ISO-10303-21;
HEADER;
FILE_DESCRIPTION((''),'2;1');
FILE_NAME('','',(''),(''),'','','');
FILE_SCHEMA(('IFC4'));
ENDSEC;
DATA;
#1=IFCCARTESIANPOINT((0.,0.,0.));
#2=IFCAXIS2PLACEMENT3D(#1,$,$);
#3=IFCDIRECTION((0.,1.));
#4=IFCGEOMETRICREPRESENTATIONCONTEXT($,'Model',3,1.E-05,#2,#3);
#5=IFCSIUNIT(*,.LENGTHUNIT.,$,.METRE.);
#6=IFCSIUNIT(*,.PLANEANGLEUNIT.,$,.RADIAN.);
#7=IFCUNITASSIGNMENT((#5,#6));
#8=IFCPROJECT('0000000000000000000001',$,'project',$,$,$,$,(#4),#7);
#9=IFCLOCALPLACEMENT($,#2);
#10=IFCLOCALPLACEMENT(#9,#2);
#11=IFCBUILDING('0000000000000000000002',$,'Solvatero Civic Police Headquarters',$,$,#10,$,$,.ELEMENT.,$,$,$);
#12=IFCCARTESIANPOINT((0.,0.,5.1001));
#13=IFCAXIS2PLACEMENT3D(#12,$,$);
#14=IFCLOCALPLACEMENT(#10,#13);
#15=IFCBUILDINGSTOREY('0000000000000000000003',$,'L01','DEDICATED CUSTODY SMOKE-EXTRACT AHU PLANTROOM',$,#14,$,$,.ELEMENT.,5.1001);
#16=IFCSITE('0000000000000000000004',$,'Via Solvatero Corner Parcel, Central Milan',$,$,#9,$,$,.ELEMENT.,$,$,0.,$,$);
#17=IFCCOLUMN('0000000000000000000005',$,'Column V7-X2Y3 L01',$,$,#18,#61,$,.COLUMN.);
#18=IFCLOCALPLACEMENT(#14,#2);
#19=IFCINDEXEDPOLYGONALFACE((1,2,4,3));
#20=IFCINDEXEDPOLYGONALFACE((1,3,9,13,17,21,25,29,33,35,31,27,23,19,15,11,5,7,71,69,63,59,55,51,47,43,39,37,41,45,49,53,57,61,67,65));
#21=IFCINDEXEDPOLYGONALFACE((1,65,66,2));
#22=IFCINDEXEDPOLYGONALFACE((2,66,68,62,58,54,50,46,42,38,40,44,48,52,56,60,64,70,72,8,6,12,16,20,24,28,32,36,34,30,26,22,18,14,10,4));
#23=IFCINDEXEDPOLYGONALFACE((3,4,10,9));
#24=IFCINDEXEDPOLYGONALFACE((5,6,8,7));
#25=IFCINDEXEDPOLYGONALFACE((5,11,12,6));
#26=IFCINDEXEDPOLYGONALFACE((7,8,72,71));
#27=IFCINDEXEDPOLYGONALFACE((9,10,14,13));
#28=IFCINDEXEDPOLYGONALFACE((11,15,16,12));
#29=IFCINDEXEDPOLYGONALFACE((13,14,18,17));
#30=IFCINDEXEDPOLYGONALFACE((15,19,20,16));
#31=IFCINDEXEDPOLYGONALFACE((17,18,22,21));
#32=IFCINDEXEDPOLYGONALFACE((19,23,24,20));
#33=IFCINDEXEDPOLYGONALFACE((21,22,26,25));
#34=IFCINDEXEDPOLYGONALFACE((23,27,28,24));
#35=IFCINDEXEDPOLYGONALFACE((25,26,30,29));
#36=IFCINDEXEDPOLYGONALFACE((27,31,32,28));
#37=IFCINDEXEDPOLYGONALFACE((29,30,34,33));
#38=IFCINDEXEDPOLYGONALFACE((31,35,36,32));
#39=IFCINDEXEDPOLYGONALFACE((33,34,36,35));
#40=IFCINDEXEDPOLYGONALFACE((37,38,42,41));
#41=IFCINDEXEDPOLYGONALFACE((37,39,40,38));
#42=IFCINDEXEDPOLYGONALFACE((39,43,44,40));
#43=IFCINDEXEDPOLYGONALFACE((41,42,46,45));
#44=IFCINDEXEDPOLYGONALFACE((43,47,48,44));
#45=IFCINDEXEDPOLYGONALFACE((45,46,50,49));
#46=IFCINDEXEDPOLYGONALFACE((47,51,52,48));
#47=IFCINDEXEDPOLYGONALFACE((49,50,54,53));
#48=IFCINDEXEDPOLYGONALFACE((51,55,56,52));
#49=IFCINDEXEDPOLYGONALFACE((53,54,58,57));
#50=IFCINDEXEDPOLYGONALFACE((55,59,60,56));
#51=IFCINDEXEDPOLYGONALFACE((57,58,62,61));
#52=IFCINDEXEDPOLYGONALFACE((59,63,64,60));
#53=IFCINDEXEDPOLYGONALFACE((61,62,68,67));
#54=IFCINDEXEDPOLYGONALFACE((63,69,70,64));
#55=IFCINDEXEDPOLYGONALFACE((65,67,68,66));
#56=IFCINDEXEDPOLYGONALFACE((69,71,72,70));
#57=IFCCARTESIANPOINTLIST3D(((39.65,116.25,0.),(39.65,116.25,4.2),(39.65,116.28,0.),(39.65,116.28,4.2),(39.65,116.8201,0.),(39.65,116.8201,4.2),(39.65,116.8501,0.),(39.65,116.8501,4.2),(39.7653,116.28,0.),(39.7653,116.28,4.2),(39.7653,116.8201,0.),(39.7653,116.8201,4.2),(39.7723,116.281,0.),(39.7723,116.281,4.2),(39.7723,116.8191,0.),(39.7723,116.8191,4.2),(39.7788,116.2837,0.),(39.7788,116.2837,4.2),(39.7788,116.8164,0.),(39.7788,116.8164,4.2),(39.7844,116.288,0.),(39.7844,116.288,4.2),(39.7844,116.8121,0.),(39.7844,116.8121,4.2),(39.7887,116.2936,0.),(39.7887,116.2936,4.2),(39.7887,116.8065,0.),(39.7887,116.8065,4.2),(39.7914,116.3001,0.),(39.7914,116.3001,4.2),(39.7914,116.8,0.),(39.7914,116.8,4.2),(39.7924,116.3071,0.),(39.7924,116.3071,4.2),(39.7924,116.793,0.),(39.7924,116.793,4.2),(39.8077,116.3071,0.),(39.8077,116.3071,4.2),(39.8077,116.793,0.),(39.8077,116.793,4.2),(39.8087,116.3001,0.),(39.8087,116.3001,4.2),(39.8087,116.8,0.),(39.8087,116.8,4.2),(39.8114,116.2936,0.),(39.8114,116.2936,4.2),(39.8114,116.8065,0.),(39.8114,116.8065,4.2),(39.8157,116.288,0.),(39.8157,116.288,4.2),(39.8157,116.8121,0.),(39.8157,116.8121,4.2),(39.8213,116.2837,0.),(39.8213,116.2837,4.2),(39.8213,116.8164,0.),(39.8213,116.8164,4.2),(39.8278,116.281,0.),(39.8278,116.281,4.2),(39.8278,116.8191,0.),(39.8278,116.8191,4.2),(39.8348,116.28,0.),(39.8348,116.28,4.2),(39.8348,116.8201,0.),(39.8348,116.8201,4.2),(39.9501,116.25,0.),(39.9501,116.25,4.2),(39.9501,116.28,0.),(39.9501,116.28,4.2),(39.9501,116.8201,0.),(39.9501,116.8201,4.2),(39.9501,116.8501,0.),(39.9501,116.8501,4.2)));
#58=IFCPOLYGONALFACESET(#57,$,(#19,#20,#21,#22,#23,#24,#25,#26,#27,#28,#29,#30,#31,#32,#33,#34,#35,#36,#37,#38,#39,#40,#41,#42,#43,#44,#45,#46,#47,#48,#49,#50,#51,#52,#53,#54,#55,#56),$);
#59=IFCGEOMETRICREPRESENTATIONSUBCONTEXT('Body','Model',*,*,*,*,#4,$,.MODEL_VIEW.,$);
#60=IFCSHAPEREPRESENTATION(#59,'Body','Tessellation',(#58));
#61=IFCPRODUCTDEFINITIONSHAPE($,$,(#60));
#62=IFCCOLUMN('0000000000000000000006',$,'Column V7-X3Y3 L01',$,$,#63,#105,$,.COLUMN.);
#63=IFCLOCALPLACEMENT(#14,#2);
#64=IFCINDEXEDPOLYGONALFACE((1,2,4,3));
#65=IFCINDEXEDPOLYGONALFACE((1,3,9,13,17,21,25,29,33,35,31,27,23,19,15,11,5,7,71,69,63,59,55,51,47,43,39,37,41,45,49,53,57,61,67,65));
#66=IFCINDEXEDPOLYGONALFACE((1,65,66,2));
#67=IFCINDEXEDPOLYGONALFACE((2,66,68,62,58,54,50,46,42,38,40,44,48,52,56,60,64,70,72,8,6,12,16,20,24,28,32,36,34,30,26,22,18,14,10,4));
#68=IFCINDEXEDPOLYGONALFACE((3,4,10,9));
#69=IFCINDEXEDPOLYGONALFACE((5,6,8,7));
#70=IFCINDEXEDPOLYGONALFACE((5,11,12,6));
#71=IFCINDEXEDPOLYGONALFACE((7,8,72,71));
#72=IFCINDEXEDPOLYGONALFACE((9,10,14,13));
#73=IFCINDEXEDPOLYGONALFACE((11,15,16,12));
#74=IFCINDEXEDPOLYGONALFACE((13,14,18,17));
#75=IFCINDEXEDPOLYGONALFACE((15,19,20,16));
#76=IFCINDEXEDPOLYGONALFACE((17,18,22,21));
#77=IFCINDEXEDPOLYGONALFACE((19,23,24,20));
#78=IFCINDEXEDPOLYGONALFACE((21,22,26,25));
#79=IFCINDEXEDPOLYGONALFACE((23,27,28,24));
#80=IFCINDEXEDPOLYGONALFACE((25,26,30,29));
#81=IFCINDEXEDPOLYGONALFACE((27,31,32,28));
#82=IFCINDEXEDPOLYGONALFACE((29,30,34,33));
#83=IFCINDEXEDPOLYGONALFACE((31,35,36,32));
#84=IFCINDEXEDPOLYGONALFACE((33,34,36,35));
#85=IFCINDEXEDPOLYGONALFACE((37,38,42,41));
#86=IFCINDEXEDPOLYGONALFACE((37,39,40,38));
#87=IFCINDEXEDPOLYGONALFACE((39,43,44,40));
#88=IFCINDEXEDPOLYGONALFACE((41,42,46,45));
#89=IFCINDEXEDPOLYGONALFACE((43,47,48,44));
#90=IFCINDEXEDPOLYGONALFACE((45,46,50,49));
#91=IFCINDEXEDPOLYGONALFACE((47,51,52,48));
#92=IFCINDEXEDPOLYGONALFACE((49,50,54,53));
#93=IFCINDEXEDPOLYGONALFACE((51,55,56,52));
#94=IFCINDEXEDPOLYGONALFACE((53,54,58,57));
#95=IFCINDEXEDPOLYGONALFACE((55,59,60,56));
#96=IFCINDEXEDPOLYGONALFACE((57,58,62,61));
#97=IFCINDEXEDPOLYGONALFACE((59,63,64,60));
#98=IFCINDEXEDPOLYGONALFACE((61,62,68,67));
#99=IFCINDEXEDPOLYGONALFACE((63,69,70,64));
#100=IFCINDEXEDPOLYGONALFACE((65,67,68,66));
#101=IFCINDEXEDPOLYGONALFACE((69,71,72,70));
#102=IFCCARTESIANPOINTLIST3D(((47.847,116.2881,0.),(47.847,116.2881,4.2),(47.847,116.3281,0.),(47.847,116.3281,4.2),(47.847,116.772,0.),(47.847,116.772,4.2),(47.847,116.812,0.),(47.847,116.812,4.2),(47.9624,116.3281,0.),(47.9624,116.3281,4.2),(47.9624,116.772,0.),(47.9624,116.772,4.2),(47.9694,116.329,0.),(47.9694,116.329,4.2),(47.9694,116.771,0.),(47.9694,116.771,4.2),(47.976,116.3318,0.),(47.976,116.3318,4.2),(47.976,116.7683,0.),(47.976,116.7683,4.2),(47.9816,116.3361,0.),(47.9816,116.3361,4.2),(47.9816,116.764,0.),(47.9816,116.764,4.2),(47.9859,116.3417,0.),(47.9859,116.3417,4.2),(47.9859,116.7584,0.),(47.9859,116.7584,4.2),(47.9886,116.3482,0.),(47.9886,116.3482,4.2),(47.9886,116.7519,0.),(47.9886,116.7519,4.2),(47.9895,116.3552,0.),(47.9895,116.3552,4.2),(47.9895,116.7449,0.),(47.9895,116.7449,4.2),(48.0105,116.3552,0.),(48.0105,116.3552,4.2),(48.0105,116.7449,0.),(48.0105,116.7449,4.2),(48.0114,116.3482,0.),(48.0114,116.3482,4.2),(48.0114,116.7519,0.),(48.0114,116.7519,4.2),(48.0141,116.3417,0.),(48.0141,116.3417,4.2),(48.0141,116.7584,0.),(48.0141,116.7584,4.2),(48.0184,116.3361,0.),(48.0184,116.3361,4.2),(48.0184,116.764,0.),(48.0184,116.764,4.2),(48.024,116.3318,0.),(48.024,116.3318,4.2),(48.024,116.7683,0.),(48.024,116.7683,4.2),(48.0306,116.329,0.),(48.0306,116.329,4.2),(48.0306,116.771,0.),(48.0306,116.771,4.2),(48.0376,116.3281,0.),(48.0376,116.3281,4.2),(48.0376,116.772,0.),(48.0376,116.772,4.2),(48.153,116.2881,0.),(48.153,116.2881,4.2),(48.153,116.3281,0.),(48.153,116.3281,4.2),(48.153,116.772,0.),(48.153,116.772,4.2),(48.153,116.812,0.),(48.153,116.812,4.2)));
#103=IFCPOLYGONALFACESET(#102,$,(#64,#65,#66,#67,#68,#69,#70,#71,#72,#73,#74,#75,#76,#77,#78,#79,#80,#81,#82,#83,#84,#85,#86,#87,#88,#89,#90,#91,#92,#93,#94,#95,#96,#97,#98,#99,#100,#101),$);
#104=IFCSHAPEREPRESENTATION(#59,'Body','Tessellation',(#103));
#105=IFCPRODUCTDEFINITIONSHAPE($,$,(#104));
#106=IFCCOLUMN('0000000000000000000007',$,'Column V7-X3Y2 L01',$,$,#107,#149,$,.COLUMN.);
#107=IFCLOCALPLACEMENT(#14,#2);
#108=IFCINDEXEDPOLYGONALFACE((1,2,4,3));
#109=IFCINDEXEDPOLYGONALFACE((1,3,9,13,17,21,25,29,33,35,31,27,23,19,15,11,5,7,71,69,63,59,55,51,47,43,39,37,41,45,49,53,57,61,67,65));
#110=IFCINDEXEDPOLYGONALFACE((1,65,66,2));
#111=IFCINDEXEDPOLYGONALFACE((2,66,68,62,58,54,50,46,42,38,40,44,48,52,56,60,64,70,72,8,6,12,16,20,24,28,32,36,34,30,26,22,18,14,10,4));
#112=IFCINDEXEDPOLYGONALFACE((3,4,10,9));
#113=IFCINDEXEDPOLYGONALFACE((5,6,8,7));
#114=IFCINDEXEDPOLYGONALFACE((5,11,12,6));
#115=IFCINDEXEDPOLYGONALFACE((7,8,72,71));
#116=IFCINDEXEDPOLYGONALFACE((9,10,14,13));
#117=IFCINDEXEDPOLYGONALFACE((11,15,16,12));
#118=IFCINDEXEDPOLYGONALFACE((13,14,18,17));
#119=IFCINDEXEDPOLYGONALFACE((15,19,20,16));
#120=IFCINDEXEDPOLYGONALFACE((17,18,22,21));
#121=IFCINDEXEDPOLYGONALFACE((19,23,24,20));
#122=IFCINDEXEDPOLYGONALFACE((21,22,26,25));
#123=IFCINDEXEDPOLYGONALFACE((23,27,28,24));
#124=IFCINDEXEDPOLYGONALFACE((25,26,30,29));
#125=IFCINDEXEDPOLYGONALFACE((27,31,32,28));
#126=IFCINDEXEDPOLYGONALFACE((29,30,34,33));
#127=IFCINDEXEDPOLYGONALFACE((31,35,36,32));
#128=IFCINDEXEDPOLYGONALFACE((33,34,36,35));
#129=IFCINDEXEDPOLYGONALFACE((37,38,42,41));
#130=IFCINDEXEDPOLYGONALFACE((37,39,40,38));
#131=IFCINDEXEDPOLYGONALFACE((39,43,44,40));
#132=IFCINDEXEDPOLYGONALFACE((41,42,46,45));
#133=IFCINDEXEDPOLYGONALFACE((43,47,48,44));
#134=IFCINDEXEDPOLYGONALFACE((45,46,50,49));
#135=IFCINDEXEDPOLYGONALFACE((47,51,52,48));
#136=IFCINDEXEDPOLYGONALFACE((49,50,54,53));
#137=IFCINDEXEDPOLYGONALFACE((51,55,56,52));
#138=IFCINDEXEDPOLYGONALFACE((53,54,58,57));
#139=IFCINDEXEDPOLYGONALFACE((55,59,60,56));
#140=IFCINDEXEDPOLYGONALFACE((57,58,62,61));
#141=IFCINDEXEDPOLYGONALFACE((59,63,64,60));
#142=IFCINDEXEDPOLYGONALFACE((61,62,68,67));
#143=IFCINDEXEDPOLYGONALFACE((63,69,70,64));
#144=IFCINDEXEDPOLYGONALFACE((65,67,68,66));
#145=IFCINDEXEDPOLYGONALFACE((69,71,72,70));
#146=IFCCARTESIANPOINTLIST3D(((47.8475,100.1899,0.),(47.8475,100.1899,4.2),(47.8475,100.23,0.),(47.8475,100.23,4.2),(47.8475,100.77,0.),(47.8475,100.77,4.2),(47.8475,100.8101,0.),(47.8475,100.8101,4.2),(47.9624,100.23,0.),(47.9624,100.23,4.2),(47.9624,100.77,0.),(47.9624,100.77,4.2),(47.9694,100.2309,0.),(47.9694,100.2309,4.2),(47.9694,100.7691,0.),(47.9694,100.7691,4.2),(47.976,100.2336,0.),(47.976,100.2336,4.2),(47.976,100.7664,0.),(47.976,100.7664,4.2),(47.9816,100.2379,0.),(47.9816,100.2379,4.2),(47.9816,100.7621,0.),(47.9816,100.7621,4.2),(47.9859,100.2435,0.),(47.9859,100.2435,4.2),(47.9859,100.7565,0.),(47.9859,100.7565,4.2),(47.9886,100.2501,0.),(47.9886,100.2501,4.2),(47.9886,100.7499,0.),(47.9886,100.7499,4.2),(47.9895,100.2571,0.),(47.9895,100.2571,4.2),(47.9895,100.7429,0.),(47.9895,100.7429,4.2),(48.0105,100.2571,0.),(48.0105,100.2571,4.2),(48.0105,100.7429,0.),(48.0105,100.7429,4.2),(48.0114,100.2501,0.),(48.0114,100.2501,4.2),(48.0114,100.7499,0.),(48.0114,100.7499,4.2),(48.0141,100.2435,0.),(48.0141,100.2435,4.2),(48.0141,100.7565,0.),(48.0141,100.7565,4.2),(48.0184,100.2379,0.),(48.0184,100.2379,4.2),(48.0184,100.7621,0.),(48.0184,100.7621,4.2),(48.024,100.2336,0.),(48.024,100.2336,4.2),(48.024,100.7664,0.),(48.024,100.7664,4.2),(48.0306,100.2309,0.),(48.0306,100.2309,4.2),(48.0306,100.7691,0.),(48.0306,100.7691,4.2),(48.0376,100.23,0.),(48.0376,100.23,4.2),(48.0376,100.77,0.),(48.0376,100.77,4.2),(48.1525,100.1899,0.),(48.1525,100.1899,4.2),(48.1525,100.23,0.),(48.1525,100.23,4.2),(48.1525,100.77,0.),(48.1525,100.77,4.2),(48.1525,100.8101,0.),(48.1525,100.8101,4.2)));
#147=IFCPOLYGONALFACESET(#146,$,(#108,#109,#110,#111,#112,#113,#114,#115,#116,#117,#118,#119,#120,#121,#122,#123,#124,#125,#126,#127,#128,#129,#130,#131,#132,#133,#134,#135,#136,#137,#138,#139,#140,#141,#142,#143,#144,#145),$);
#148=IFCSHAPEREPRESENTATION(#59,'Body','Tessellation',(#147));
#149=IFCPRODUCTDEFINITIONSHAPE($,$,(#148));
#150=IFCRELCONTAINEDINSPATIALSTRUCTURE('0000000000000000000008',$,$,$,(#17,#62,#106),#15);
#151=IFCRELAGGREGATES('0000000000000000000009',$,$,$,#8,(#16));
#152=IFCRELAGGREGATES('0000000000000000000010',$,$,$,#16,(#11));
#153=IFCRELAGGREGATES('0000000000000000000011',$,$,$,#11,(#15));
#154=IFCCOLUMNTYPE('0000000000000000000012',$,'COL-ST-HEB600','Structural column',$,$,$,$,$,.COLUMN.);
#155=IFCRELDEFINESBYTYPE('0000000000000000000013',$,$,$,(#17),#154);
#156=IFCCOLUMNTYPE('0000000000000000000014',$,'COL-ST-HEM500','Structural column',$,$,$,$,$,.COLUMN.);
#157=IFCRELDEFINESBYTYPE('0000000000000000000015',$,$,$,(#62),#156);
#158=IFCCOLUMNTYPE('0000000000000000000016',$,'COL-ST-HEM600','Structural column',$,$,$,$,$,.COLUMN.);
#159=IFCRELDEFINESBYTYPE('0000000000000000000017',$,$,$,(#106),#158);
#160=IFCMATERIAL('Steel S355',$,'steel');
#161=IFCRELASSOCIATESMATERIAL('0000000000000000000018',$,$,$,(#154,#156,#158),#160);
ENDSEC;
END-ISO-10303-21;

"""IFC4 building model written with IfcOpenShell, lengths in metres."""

from ifc_helpers import new_model, si_unit, direction, frame, origin, origin_2d, place, context, subcontext, project, spatial, i_section, extrude, material, material_profile, profile_set, type_object, element, save


model = new_model("IFC4")

# Units and contexts
model_context = context("Model", 3, precision=1e-05, world=origin(), true_north=direction((0.0, 1.0)))
body_context = subcontext(model_context, "Body", "Model", "MODEL_VIEW")
ifc_project = project(units=[si_unit("LENGTHUNIT", "METRE"), si_unit("PLANEANGLEUNIT", "RADIAN")], contexts=[model_context])

# Site, building, storey
site_placement = place(None, origin())
site = spatial("IfcSite", under=ifc_project, at=site_placement, Name="Via Solvatero Corner Parcel, Central Milan", CompositionType="ELEMENT", RefElevation=0.0)
building_placement = place(site_placement, origin())
building = spatial("IfcBuilding", under=site, at=building_placement, Name="Solvatero Civic Police Headquarters", CompositionType="ELEMENT")
storey_placement = place(building_placement, frame((0.0, 0.0, 5.1001)))
storey = spatial("IfcBuildingStorey", under=building, at=storey_placement, Name="L01", Description="DEDICATED CUSTODY SMOKE-EXTRACT AHU PLANTROOM", CompositionType="ELEMENT", Elevation=5.1001)

# Columns
ifc_material = material(Name="Steel S355", Category="steel")
ifc_material_profile_1 = material_profile(ifc_material, i_section(OverallWidth=0.3, OverallDepth=0.6001, WebThickness=0.0154, FlangeThickness=0.03, FilletRadius=0.0271, at=origin_2d()), Name="HEB 600")
ifc_profile_set_1 = profile_set([ifc_material_profile_1], Name="Steel S355")
column_type_1 = type_object("IfcColumnType", Name="COL-ST-HEB600", Description="Structural column", PredefinedType="COLUMN", material=ifc_profile_set_1)
column_1_placement = place(storey_placement, frame((39.8, 116.55, 0.0), z_axis=(0.0, 0.0, 1.0), x_axis=(1.0, 0.0, 0.0)))
element("IfcColumn", 1, at=column_1_placement, inside=storey, type_object=column_type_1, Name="Column V7-X2Y3 L01", PredefinedType="COLUMN", context=body_context, shape_type="SweptSolid", body=[
    extrude(i_section(OverallWidth=0.3, OverallDepth=0.6001, WebThickness=0.0154, FlangeThickness=0.03, FilletRadius=0.0271, at=origin_2d()), origin(), (0.0, 0.0, 1.0), 4.2),
])
ifc_material_profile_2 = material_profile(ifc_material, i_section(OverallWidth=0.3059, OverallDepth=0.5239, WebThickness=0.021, FlangeThickness=0.04, FilletRadius=0.0271, at=origin_2d()), Name="HEM 500")
ifc_profile_set_2 = profile_set([ifc_material_profile_2], Name="Steel S355")
column_type_2 = type_object("IfcColumnType", Name="COL-ST-HEM500", Description="Structural column", PredefinedType="COLUMN", material=ifc_profile_set_2)
column_2_placement = place(storey_placement, frame((48.0, 116.55, 0.0), z_axis=(0.0, 0.0, 1.0), x_axis=(1.0, 0.0, 0.0)))
element("IfcColumn", 2, at=column_2_placement, inside=storey, type_object=column_type_2, Name="Column V7-X3Y3 L01", PredefinedType="COLUMN", context=body_context, shape_type="SweptSolid", body=[
    extrude(i_section(OverallWidth=0.3059, OverallDepth=0.5239, WebThickness=0.021, FlangeThickness=0.04, FilletRadius=0.0271, at=origin_2d()), origin(), (0.0, 0.0, 1.0), 4.2),
])
ifc_material_profile_3 = material_profile(ifc_material, i_section(OverallWidth=0.3049, OverallDepth=0.6201, WebThickness=0.021, FlangeThickness=0.04, FilletRadius=0.0271, at=origin_2d()), Name="HEM 600")
ifc_profile_set_3 = profile_set([ifc_material_profile_3], Name="Steel S355")
column_type_3 = type_object("IfcColumnType", Name="COL-ST-HEM600", Description="Structural column", PredefinedType="COLUMN", material=ifc_profile_set_3)
column_3_placement = place(storey_placement, frame((48.0, 100.5, 0.0), z_axis=(0.0, 0.0, 1.0), x_axis=(1.0, 0.0, 0.0)))
element("IfcColumn", 3, at=column_3_placement, inside=storey, type_object=column_type_3, Name="Column V7-X3Y2 L01", PredefinedType="COLUMN", context=body_context, shape_type="SweptSolid", body=[
    extrude(i_section(OverallWidth=0.3049, OverallDepth=0.6201, WebThickness=0.021, FlangeThickness=0.04, FilletRadius=0.0271, at=origin_2d()), origin(), (0.0, 0.0, 1.0), 4.2),
])

save(model, "model.ifc")
